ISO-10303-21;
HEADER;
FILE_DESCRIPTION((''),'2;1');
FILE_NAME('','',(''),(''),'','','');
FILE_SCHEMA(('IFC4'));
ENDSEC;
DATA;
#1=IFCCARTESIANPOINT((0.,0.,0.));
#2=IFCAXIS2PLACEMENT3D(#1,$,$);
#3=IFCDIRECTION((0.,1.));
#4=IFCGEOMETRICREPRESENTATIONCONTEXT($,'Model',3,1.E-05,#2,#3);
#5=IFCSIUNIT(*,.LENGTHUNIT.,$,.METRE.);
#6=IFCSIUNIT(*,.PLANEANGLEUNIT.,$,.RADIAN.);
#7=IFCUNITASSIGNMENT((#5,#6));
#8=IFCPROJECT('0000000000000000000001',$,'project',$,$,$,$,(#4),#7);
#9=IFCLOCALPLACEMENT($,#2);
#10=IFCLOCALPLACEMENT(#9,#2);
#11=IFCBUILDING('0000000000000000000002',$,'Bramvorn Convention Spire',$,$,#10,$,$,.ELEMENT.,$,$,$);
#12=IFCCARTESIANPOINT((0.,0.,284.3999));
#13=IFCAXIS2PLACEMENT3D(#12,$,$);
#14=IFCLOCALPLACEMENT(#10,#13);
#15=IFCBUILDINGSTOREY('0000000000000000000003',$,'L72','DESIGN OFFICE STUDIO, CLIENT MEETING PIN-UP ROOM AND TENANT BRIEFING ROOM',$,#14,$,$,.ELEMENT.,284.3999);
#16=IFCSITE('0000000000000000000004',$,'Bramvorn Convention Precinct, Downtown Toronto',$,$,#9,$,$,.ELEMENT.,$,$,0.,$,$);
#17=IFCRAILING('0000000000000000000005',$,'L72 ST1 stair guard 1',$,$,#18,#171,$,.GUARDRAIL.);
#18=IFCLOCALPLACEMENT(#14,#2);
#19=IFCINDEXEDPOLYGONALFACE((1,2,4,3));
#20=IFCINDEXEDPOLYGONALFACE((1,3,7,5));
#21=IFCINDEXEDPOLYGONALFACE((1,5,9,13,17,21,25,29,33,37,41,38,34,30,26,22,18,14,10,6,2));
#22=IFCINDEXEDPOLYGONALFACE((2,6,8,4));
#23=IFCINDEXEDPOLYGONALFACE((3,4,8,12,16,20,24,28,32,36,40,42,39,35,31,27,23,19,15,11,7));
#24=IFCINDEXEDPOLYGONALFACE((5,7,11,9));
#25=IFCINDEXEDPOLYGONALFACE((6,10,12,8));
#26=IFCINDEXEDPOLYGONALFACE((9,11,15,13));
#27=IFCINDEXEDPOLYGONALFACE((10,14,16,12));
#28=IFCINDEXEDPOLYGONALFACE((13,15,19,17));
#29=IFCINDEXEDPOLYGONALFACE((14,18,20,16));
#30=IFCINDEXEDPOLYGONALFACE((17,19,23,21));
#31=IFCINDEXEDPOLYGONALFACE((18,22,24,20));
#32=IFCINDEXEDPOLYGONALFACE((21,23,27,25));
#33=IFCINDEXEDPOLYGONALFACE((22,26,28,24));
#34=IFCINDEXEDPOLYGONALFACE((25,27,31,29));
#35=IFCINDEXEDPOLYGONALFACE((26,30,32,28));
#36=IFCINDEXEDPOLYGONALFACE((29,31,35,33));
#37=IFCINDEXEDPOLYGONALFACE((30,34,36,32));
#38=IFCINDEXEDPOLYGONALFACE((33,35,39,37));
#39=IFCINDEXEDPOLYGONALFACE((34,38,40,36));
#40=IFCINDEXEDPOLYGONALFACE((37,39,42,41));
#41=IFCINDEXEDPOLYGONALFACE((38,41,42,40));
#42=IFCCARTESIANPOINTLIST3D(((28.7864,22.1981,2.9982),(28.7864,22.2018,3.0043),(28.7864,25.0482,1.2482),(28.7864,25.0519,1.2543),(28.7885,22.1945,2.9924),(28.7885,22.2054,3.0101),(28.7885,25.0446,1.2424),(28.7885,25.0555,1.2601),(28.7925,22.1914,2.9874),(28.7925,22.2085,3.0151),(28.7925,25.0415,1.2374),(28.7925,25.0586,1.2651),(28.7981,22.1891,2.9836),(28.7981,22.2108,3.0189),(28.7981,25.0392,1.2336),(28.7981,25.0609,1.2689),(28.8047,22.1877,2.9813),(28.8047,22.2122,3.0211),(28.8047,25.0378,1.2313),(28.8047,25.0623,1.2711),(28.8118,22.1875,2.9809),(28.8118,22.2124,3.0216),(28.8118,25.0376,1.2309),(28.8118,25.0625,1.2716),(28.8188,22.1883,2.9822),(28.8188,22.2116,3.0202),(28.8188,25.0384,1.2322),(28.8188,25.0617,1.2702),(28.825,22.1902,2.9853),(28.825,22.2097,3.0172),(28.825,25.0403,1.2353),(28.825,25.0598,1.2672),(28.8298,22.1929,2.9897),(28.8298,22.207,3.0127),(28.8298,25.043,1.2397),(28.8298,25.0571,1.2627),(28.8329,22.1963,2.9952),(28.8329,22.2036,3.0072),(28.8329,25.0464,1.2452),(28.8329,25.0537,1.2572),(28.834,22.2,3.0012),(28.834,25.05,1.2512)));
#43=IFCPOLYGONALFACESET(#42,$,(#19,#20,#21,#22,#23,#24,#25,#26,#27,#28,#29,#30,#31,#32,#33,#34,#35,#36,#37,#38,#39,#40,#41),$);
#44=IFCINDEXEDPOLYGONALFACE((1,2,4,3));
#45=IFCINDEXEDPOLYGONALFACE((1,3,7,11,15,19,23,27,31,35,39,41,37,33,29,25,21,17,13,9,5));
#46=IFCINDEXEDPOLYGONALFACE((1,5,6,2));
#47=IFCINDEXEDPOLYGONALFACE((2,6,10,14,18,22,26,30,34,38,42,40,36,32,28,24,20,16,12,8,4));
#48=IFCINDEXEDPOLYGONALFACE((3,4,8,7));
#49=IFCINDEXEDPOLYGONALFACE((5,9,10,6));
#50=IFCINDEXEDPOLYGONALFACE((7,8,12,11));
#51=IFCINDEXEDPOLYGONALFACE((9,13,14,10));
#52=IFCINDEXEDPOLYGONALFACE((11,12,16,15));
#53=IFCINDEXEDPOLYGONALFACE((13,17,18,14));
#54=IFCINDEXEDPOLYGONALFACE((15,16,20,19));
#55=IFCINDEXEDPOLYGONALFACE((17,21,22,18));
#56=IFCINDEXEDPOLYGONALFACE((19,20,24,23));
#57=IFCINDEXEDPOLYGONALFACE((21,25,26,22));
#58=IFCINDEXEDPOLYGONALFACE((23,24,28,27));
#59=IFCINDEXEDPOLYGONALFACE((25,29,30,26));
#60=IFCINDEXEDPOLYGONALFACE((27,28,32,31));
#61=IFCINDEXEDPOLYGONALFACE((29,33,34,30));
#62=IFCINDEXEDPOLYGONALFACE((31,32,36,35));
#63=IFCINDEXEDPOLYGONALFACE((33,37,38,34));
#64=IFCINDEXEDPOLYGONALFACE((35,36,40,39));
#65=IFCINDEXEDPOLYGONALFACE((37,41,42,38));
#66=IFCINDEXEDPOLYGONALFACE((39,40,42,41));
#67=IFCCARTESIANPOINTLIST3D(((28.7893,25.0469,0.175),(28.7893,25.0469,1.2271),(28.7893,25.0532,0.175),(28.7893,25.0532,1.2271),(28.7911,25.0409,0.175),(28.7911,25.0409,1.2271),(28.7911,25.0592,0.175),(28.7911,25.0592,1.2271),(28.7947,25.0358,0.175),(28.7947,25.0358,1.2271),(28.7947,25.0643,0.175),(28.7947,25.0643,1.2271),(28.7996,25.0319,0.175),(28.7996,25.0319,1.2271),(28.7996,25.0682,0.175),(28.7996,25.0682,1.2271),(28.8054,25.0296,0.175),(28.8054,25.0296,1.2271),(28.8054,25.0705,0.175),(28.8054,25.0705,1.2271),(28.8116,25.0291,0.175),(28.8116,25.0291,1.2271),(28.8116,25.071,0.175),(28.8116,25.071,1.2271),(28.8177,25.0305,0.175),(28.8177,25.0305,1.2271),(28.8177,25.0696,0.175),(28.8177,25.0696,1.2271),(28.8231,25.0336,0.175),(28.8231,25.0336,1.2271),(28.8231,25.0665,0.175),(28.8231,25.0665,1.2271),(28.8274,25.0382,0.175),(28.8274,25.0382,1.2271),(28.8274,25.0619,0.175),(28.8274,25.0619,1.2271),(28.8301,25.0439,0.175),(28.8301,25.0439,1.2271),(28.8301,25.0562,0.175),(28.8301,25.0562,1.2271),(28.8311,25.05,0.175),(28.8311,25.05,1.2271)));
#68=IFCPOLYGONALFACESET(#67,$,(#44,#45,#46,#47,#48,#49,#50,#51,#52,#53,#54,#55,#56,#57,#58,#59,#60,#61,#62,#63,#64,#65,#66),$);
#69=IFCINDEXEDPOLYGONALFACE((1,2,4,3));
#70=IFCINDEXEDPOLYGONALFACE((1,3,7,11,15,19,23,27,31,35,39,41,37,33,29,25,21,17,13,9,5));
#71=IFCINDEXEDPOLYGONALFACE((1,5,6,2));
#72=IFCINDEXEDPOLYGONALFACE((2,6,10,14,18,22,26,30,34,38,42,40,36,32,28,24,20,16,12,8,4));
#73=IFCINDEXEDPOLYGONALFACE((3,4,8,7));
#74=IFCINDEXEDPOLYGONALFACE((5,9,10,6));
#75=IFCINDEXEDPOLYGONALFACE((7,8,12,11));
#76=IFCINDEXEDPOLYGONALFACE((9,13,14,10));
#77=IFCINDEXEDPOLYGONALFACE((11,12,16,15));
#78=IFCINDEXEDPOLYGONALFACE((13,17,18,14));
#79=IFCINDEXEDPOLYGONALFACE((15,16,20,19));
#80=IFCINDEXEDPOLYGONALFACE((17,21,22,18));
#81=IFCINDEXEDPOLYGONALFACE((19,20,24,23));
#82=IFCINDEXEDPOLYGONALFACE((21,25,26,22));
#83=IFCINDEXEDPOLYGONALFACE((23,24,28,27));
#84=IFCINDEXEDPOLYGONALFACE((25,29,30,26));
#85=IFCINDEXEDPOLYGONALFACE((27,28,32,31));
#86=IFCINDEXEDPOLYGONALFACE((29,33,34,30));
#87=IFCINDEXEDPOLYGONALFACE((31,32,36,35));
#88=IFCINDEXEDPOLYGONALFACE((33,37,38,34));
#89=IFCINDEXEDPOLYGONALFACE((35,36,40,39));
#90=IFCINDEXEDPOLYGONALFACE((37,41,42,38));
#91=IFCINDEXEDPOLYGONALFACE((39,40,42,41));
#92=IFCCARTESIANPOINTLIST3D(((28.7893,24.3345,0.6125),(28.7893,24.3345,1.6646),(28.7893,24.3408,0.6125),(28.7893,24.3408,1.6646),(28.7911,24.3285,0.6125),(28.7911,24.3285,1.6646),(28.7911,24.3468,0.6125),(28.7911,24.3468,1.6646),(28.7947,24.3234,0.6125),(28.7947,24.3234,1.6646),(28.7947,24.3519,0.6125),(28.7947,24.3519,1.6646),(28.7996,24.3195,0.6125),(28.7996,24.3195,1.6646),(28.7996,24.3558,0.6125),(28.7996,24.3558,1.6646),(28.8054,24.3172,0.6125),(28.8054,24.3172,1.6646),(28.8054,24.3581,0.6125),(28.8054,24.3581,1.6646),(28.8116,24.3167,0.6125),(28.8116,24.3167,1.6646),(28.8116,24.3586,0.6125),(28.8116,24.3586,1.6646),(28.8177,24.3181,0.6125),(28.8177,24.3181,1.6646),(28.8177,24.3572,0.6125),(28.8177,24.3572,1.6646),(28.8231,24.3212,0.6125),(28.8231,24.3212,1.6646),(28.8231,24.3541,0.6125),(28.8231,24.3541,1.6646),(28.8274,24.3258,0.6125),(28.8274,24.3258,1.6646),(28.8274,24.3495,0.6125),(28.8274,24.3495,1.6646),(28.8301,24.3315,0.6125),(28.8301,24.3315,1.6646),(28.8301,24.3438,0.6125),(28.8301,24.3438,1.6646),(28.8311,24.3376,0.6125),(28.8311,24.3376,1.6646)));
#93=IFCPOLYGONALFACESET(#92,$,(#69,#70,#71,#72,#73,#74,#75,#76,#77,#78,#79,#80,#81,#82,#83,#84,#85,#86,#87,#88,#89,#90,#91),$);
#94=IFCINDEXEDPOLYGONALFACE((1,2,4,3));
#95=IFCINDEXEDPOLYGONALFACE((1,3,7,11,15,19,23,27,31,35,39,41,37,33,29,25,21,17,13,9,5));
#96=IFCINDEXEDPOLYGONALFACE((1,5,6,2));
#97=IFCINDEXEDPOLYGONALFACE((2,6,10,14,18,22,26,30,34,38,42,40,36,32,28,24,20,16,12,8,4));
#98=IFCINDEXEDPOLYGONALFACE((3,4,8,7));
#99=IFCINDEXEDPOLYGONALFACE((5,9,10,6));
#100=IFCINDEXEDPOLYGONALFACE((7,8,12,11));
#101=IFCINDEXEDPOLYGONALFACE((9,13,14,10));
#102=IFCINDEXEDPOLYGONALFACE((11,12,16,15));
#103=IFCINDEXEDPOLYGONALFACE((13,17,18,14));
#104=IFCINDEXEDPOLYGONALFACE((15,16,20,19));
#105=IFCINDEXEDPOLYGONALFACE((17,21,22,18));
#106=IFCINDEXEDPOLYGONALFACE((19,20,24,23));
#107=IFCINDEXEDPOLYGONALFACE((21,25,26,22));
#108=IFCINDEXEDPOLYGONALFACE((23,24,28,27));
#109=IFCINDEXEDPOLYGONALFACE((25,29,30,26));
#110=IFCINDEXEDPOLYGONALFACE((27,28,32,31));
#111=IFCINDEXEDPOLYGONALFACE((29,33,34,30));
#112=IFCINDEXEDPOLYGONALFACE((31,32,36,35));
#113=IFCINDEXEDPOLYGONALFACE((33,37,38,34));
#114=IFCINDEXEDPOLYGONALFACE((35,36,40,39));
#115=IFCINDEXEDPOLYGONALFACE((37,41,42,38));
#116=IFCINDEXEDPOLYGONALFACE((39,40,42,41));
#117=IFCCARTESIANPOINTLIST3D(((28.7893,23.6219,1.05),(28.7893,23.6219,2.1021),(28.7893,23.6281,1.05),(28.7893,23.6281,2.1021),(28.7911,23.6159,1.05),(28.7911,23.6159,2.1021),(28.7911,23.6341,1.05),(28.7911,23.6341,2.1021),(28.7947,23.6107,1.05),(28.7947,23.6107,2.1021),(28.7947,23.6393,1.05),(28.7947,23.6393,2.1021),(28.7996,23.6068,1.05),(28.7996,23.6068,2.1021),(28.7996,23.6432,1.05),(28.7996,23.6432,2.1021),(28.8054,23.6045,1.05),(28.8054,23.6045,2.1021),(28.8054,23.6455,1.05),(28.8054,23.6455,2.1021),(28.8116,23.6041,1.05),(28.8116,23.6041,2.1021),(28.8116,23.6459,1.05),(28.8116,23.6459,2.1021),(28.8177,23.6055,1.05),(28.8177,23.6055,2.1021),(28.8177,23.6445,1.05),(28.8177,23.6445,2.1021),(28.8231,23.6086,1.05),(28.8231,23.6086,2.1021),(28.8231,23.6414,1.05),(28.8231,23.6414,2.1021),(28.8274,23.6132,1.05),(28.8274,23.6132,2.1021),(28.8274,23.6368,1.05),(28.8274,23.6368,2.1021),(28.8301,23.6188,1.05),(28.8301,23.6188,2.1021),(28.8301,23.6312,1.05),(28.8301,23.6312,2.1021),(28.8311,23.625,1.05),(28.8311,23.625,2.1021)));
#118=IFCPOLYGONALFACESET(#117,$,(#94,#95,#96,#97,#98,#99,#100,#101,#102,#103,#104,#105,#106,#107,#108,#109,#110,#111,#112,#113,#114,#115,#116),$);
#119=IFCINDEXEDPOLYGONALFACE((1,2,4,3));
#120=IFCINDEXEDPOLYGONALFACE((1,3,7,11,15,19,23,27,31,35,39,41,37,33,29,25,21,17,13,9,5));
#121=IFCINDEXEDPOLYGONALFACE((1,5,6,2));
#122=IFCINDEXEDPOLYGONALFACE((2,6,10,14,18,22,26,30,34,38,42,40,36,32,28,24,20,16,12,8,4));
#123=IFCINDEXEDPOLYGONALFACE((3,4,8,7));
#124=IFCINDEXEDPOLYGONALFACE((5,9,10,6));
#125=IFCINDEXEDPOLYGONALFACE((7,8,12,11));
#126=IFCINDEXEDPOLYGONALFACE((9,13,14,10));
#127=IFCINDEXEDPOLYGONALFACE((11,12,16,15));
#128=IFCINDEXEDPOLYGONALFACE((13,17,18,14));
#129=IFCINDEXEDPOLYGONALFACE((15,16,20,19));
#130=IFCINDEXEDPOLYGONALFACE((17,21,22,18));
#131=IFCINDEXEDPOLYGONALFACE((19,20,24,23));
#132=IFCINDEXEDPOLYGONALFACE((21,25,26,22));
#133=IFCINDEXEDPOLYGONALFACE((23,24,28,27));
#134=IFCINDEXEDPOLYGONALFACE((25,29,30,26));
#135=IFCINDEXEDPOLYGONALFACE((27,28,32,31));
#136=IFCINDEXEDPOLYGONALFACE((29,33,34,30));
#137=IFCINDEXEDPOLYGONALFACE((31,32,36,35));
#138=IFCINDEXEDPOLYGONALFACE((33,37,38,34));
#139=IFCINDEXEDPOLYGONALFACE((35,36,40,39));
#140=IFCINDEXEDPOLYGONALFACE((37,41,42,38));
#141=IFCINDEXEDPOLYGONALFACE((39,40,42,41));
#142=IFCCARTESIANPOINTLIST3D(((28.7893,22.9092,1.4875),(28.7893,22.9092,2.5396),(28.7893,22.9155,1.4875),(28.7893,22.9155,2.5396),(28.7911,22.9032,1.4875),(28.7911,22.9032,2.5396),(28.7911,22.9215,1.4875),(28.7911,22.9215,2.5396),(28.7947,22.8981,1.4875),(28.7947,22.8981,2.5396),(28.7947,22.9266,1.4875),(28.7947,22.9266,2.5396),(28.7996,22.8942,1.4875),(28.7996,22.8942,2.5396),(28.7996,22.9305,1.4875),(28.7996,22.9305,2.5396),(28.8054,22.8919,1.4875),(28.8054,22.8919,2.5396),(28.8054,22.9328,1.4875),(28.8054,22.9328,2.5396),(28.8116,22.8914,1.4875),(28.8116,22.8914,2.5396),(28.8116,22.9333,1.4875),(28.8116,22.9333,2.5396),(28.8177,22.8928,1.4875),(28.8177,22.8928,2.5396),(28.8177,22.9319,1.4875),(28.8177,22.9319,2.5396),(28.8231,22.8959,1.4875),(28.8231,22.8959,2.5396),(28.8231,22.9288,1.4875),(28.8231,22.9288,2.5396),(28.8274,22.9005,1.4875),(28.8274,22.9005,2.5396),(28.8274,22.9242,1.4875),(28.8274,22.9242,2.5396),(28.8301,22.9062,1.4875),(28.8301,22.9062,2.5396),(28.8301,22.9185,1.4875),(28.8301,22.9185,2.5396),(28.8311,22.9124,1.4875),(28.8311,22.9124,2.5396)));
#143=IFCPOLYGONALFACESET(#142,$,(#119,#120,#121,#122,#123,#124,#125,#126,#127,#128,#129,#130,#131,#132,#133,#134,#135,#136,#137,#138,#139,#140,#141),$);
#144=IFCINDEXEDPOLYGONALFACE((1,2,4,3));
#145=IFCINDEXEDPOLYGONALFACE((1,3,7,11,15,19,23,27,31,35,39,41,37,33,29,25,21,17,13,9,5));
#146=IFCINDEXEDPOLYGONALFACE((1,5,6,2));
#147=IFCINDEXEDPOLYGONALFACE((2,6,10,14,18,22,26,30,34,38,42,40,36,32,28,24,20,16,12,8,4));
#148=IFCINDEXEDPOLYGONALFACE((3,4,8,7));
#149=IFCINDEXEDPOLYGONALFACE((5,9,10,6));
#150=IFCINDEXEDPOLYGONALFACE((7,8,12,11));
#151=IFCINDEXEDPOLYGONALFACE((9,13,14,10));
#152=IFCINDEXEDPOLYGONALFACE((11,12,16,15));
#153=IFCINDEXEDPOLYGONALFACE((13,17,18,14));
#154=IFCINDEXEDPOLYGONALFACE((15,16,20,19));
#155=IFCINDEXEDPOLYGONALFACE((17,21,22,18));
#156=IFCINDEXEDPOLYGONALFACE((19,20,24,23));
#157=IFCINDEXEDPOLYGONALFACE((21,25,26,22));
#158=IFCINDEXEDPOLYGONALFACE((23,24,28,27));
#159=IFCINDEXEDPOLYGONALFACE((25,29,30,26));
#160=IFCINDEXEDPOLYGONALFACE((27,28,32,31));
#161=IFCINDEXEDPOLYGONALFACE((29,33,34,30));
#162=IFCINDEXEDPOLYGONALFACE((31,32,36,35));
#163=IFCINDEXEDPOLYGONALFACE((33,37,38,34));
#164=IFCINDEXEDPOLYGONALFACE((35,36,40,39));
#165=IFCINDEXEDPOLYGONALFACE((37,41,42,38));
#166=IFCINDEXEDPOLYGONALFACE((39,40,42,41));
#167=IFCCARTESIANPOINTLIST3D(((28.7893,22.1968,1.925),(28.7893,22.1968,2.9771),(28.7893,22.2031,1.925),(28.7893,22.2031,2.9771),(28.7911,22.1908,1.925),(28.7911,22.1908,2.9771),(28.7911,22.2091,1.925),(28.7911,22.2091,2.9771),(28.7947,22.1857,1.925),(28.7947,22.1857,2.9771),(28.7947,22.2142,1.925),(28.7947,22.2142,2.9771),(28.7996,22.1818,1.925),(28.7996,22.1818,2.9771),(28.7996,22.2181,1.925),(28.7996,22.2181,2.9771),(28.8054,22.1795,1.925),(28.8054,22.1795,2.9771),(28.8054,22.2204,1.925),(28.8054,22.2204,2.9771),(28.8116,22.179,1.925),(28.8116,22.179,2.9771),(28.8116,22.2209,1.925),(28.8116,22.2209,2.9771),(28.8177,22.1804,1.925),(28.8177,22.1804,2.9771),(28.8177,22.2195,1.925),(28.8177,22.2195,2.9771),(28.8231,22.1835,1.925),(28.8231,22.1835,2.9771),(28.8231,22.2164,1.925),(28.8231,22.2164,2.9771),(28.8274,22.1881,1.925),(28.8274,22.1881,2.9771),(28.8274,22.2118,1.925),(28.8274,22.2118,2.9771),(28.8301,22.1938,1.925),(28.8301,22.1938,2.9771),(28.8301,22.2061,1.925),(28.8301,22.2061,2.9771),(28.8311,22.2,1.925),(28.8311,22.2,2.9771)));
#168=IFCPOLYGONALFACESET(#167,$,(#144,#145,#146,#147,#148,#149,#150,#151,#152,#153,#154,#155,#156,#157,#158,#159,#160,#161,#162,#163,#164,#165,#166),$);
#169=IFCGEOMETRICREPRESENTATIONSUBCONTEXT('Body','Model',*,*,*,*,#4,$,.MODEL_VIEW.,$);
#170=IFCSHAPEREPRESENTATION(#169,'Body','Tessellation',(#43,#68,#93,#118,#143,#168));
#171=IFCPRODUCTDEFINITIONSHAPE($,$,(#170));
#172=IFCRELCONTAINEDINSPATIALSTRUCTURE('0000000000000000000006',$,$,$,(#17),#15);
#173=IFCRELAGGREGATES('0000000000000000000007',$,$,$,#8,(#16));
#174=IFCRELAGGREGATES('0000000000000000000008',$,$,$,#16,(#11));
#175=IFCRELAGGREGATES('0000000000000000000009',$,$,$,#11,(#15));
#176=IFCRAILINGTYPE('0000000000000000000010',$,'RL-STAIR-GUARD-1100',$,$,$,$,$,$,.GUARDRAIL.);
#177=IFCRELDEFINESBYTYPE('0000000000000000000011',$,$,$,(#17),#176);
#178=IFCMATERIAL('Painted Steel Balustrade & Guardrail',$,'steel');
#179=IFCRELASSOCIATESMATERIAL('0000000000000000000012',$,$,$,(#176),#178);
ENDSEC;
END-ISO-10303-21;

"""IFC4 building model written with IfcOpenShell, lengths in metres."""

from ifc_helpers import new_model, si_unit, direction, frame, origin, origin_2d, place, context, subcontext, project, spatial, circle, extrude, material, type_object, element, save


model = new_model("IFC4")

# Units and contexts
model_context = context("Model", 3, precision=1e-05, world=origin(), true_north=direction((0.0, 1.0)))
body_context = subcontext(model_context, "Body", "Model", "MODEL_VIEW")
ifc_project = project(units=[si_unit("LENGTHUNIT", "METRE"), si_unit("PLANEANGLEUNIT", "RADIAN")], contexts=[model_context])

# Site, building, storey
site_placement = place(None, origin())
site = spatial("IfcSite", under=ifc_project, at=site_placement, Name="Bramvorn Convention Precinct, Downtown Toronto", CompositionType="ELEMENT", RefElevation=0.0)
building_placement = place(site_placement, origin())
building = spatial("IfcBuilding", under=site, at=building_placement, Name="Bramvorn Convention Spire", CompositionType="ELEMENT")
storey_placement = place(building_placement, frame((0.0, 0.0, 284.3999)))
storey = spatial("IfcBuildingStorey", under=building, at=storey_placement, Name="L72", Description="DESIGN OFFICE STUDIO, CLIENT MEETING PIN-UP ROOM AND TENANT BRIEFING ROOM", CompositionType="ELEMENT", Elevation=284.3999)

# Railing
ifc_material_1 = material(Name="Painted Steel Balustrade & Guardrail", Category="steel")
railing_type_1 = type_object("IfcRailingType", Name="RL-STAIR-GUARD-1100", PredefinedType="GUARDRAIL", material=ifc_material_1)
railing_1_placement = place(storey_placement, frame((28.8101, 25.05, 0.175)))
element("IfcRailing", 1, at=railing_1_placement, inside=storey, type_object=railing_type_1, Name="L72 ST1 stair guard 1", PredefinedType="GUARDRAIL", context=body_context, shape_type="SweptSolid", body=[
    extrude(circle(Radius=0.0239, at=origin_2d()), frame((0.0, 0.0, 1.0762), z_axis=(0.0, -0.852179, 0.52325), x_axis=(1.0, 0.0, 0.0)), (0.0, 0.0, 1.0), 3.3445),
    extrude(circle(Radius=0.021, at=origin_2d()), origin(), (0.0, 0.0, 1.0), 1.052),
    extrude(circle(Radius=0.021, at=origin_2d()), frame((0.0, -0.7124, 0.4375)), (0.0, 0.0, 1.0), 1.052),
    extrude(circle(Radius=0.021, at=origin_2d()), frame((0.0, -1.425, 0.875)), (0.0, 0.0, 1.0), 1.052),
    extrude(circle(Radius=0.021, at=origin_2d()), frame((0.0, -2.1377, 1.3125)), (0.0, 0.0, 1.0), 1.052),
    extrude(circle(Radius=0.021, at=origin_2d()), frame((0.0, -2.8501, 1.75)), (0.0, 0.0, 1.0), 1.052),
])

save(model, "model.ifc")
